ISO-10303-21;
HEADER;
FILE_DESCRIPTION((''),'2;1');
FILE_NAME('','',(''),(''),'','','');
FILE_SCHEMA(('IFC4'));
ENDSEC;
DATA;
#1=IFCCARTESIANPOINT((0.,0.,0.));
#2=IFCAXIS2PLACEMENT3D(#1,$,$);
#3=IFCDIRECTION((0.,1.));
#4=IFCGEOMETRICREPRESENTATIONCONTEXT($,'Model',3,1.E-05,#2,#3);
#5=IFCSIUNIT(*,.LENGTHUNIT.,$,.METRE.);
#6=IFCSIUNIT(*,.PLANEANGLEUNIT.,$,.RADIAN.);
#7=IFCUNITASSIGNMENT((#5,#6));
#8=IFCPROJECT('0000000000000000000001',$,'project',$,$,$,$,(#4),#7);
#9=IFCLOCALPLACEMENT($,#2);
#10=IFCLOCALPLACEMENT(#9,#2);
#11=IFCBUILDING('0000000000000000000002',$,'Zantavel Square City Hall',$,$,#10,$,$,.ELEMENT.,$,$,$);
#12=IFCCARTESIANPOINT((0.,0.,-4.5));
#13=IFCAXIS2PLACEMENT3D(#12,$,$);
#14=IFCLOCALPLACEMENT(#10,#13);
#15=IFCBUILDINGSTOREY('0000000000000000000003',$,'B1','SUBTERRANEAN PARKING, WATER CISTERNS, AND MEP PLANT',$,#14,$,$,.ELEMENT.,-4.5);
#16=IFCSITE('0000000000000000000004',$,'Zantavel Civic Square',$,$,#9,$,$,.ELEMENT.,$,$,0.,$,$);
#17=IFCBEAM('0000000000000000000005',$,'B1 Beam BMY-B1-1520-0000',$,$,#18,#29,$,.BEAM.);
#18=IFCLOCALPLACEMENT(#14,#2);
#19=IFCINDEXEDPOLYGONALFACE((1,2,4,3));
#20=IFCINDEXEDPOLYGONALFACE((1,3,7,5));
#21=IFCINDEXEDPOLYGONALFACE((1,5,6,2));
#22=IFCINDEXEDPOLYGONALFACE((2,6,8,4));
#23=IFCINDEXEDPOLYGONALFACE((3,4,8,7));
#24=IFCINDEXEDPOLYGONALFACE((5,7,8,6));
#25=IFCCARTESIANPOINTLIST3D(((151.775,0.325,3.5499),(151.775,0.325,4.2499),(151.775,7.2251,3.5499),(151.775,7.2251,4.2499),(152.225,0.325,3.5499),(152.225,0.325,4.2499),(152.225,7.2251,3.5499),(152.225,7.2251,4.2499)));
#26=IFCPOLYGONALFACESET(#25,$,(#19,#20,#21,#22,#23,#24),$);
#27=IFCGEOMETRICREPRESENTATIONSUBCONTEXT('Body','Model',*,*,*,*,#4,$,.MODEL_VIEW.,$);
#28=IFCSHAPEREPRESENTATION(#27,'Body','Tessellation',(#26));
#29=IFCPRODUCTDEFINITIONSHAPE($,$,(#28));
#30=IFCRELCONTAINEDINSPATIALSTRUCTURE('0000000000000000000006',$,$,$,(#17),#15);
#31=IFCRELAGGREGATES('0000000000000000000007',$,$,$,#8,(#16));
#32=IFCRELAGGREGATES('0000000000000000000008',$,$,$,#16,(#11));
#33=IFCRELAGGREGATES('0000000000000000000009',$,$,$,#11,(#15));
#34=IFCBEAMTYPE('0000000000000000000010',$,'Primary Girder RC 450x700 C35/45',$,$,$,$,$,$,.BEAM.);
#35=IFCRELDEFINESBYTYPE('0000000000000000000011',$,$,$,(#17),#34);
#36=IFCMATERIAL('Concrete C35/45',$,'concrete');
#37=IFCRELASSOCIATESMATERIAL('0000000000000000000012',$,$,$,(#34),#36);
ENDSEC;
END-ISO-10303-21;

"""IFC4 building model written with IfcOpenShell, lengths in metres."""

from ifc_helpers import new_model, si_unit, direction, frame, origin, origin_2d, place, context, subcontext, project, spatial, rectangle, extrude, material, material_profile, profile_set, type_object, element, save


model = new_model("IFC4")

# Units and contexts
model_context = context("Model", 3, precision=1e-05, world=origin(), true_north=direction((0.0, 1.0)))
body_context = subcontext(model_context, "Body", "Model", "MODEL_VIEW")
ifc_project = project(units=[si_unit("LENGTHUNIT", "METRE"), si_unit("PLANEANGLEUNIT", "RADIAN")], contexts=[model_context])

# Site, building, storey
site_placement = place(None, origin())
site = spatial("IfcSite", under=ifc_project, at=site_placement, Name="Zantavel Civic Square", CompositionType="ELEMENT", RefElevation=0.0)
building_placement = place(site_placement, origin())
building = spatial("IfcBuilding", under=site, at=building_placement, Name="Zantavel Square City Hall", CompositionType="ELEMENT")
storey_placement = place(building_placement, frame((0.0, 0.0, -4.5)))
storey = spatial("IfcBuildingStorey", under=building, at=storey_placement, Name="B1", Description="SUBTERRANEAN PARKING, WATER CISTERNS, AND MEP PLANT", CompositionType="ELEMENT", Elevation=-4.5)

# Shared definitions
ifc_material_1 = material(Name="Concrete C35/45", Category="concrete")

# Beam
ifc_material_profile_1 = material_profile(ifc_material_1, rectangle(XDim=0.45, YDim=0.7, at=origin_2d()), Name="RC 450x700")
ifc_profile_set_1 = profile_set([ifc_material_profile_1], Name="Concrete C35/45")
beam_type_1 = type_object("IfcBeamType", Name="Primary Girder RC 450x700 C35/45", PredefinedType="BEAM", material=ifc_profile_set_1)
for number, where, z_axis, x_axis, name in (
    (1, (152.0, 0.325, 3.8999), (0.0, 1.0, 0.0), (-1.0, 0.0, 0.0), "B1 Beam BMY-B1-1520-0000"),
):
    element("IfcBeam", number, at=place(storey_placement, frame(where, z_axis=z_axis, x_axis=x_axis)), inside=storey, type_object=beam_type_1, Name=name, PredefinedType="BEAM", context=body_context, shape_type="SweptSolid", body=[
        extrude(rectangle(XDim=0.45, YDim=0.7, at=origin_2d()), origin(), (0.0, 0.0, 1.0), 6.9001),
    ])

save(model, "model.ifc")
